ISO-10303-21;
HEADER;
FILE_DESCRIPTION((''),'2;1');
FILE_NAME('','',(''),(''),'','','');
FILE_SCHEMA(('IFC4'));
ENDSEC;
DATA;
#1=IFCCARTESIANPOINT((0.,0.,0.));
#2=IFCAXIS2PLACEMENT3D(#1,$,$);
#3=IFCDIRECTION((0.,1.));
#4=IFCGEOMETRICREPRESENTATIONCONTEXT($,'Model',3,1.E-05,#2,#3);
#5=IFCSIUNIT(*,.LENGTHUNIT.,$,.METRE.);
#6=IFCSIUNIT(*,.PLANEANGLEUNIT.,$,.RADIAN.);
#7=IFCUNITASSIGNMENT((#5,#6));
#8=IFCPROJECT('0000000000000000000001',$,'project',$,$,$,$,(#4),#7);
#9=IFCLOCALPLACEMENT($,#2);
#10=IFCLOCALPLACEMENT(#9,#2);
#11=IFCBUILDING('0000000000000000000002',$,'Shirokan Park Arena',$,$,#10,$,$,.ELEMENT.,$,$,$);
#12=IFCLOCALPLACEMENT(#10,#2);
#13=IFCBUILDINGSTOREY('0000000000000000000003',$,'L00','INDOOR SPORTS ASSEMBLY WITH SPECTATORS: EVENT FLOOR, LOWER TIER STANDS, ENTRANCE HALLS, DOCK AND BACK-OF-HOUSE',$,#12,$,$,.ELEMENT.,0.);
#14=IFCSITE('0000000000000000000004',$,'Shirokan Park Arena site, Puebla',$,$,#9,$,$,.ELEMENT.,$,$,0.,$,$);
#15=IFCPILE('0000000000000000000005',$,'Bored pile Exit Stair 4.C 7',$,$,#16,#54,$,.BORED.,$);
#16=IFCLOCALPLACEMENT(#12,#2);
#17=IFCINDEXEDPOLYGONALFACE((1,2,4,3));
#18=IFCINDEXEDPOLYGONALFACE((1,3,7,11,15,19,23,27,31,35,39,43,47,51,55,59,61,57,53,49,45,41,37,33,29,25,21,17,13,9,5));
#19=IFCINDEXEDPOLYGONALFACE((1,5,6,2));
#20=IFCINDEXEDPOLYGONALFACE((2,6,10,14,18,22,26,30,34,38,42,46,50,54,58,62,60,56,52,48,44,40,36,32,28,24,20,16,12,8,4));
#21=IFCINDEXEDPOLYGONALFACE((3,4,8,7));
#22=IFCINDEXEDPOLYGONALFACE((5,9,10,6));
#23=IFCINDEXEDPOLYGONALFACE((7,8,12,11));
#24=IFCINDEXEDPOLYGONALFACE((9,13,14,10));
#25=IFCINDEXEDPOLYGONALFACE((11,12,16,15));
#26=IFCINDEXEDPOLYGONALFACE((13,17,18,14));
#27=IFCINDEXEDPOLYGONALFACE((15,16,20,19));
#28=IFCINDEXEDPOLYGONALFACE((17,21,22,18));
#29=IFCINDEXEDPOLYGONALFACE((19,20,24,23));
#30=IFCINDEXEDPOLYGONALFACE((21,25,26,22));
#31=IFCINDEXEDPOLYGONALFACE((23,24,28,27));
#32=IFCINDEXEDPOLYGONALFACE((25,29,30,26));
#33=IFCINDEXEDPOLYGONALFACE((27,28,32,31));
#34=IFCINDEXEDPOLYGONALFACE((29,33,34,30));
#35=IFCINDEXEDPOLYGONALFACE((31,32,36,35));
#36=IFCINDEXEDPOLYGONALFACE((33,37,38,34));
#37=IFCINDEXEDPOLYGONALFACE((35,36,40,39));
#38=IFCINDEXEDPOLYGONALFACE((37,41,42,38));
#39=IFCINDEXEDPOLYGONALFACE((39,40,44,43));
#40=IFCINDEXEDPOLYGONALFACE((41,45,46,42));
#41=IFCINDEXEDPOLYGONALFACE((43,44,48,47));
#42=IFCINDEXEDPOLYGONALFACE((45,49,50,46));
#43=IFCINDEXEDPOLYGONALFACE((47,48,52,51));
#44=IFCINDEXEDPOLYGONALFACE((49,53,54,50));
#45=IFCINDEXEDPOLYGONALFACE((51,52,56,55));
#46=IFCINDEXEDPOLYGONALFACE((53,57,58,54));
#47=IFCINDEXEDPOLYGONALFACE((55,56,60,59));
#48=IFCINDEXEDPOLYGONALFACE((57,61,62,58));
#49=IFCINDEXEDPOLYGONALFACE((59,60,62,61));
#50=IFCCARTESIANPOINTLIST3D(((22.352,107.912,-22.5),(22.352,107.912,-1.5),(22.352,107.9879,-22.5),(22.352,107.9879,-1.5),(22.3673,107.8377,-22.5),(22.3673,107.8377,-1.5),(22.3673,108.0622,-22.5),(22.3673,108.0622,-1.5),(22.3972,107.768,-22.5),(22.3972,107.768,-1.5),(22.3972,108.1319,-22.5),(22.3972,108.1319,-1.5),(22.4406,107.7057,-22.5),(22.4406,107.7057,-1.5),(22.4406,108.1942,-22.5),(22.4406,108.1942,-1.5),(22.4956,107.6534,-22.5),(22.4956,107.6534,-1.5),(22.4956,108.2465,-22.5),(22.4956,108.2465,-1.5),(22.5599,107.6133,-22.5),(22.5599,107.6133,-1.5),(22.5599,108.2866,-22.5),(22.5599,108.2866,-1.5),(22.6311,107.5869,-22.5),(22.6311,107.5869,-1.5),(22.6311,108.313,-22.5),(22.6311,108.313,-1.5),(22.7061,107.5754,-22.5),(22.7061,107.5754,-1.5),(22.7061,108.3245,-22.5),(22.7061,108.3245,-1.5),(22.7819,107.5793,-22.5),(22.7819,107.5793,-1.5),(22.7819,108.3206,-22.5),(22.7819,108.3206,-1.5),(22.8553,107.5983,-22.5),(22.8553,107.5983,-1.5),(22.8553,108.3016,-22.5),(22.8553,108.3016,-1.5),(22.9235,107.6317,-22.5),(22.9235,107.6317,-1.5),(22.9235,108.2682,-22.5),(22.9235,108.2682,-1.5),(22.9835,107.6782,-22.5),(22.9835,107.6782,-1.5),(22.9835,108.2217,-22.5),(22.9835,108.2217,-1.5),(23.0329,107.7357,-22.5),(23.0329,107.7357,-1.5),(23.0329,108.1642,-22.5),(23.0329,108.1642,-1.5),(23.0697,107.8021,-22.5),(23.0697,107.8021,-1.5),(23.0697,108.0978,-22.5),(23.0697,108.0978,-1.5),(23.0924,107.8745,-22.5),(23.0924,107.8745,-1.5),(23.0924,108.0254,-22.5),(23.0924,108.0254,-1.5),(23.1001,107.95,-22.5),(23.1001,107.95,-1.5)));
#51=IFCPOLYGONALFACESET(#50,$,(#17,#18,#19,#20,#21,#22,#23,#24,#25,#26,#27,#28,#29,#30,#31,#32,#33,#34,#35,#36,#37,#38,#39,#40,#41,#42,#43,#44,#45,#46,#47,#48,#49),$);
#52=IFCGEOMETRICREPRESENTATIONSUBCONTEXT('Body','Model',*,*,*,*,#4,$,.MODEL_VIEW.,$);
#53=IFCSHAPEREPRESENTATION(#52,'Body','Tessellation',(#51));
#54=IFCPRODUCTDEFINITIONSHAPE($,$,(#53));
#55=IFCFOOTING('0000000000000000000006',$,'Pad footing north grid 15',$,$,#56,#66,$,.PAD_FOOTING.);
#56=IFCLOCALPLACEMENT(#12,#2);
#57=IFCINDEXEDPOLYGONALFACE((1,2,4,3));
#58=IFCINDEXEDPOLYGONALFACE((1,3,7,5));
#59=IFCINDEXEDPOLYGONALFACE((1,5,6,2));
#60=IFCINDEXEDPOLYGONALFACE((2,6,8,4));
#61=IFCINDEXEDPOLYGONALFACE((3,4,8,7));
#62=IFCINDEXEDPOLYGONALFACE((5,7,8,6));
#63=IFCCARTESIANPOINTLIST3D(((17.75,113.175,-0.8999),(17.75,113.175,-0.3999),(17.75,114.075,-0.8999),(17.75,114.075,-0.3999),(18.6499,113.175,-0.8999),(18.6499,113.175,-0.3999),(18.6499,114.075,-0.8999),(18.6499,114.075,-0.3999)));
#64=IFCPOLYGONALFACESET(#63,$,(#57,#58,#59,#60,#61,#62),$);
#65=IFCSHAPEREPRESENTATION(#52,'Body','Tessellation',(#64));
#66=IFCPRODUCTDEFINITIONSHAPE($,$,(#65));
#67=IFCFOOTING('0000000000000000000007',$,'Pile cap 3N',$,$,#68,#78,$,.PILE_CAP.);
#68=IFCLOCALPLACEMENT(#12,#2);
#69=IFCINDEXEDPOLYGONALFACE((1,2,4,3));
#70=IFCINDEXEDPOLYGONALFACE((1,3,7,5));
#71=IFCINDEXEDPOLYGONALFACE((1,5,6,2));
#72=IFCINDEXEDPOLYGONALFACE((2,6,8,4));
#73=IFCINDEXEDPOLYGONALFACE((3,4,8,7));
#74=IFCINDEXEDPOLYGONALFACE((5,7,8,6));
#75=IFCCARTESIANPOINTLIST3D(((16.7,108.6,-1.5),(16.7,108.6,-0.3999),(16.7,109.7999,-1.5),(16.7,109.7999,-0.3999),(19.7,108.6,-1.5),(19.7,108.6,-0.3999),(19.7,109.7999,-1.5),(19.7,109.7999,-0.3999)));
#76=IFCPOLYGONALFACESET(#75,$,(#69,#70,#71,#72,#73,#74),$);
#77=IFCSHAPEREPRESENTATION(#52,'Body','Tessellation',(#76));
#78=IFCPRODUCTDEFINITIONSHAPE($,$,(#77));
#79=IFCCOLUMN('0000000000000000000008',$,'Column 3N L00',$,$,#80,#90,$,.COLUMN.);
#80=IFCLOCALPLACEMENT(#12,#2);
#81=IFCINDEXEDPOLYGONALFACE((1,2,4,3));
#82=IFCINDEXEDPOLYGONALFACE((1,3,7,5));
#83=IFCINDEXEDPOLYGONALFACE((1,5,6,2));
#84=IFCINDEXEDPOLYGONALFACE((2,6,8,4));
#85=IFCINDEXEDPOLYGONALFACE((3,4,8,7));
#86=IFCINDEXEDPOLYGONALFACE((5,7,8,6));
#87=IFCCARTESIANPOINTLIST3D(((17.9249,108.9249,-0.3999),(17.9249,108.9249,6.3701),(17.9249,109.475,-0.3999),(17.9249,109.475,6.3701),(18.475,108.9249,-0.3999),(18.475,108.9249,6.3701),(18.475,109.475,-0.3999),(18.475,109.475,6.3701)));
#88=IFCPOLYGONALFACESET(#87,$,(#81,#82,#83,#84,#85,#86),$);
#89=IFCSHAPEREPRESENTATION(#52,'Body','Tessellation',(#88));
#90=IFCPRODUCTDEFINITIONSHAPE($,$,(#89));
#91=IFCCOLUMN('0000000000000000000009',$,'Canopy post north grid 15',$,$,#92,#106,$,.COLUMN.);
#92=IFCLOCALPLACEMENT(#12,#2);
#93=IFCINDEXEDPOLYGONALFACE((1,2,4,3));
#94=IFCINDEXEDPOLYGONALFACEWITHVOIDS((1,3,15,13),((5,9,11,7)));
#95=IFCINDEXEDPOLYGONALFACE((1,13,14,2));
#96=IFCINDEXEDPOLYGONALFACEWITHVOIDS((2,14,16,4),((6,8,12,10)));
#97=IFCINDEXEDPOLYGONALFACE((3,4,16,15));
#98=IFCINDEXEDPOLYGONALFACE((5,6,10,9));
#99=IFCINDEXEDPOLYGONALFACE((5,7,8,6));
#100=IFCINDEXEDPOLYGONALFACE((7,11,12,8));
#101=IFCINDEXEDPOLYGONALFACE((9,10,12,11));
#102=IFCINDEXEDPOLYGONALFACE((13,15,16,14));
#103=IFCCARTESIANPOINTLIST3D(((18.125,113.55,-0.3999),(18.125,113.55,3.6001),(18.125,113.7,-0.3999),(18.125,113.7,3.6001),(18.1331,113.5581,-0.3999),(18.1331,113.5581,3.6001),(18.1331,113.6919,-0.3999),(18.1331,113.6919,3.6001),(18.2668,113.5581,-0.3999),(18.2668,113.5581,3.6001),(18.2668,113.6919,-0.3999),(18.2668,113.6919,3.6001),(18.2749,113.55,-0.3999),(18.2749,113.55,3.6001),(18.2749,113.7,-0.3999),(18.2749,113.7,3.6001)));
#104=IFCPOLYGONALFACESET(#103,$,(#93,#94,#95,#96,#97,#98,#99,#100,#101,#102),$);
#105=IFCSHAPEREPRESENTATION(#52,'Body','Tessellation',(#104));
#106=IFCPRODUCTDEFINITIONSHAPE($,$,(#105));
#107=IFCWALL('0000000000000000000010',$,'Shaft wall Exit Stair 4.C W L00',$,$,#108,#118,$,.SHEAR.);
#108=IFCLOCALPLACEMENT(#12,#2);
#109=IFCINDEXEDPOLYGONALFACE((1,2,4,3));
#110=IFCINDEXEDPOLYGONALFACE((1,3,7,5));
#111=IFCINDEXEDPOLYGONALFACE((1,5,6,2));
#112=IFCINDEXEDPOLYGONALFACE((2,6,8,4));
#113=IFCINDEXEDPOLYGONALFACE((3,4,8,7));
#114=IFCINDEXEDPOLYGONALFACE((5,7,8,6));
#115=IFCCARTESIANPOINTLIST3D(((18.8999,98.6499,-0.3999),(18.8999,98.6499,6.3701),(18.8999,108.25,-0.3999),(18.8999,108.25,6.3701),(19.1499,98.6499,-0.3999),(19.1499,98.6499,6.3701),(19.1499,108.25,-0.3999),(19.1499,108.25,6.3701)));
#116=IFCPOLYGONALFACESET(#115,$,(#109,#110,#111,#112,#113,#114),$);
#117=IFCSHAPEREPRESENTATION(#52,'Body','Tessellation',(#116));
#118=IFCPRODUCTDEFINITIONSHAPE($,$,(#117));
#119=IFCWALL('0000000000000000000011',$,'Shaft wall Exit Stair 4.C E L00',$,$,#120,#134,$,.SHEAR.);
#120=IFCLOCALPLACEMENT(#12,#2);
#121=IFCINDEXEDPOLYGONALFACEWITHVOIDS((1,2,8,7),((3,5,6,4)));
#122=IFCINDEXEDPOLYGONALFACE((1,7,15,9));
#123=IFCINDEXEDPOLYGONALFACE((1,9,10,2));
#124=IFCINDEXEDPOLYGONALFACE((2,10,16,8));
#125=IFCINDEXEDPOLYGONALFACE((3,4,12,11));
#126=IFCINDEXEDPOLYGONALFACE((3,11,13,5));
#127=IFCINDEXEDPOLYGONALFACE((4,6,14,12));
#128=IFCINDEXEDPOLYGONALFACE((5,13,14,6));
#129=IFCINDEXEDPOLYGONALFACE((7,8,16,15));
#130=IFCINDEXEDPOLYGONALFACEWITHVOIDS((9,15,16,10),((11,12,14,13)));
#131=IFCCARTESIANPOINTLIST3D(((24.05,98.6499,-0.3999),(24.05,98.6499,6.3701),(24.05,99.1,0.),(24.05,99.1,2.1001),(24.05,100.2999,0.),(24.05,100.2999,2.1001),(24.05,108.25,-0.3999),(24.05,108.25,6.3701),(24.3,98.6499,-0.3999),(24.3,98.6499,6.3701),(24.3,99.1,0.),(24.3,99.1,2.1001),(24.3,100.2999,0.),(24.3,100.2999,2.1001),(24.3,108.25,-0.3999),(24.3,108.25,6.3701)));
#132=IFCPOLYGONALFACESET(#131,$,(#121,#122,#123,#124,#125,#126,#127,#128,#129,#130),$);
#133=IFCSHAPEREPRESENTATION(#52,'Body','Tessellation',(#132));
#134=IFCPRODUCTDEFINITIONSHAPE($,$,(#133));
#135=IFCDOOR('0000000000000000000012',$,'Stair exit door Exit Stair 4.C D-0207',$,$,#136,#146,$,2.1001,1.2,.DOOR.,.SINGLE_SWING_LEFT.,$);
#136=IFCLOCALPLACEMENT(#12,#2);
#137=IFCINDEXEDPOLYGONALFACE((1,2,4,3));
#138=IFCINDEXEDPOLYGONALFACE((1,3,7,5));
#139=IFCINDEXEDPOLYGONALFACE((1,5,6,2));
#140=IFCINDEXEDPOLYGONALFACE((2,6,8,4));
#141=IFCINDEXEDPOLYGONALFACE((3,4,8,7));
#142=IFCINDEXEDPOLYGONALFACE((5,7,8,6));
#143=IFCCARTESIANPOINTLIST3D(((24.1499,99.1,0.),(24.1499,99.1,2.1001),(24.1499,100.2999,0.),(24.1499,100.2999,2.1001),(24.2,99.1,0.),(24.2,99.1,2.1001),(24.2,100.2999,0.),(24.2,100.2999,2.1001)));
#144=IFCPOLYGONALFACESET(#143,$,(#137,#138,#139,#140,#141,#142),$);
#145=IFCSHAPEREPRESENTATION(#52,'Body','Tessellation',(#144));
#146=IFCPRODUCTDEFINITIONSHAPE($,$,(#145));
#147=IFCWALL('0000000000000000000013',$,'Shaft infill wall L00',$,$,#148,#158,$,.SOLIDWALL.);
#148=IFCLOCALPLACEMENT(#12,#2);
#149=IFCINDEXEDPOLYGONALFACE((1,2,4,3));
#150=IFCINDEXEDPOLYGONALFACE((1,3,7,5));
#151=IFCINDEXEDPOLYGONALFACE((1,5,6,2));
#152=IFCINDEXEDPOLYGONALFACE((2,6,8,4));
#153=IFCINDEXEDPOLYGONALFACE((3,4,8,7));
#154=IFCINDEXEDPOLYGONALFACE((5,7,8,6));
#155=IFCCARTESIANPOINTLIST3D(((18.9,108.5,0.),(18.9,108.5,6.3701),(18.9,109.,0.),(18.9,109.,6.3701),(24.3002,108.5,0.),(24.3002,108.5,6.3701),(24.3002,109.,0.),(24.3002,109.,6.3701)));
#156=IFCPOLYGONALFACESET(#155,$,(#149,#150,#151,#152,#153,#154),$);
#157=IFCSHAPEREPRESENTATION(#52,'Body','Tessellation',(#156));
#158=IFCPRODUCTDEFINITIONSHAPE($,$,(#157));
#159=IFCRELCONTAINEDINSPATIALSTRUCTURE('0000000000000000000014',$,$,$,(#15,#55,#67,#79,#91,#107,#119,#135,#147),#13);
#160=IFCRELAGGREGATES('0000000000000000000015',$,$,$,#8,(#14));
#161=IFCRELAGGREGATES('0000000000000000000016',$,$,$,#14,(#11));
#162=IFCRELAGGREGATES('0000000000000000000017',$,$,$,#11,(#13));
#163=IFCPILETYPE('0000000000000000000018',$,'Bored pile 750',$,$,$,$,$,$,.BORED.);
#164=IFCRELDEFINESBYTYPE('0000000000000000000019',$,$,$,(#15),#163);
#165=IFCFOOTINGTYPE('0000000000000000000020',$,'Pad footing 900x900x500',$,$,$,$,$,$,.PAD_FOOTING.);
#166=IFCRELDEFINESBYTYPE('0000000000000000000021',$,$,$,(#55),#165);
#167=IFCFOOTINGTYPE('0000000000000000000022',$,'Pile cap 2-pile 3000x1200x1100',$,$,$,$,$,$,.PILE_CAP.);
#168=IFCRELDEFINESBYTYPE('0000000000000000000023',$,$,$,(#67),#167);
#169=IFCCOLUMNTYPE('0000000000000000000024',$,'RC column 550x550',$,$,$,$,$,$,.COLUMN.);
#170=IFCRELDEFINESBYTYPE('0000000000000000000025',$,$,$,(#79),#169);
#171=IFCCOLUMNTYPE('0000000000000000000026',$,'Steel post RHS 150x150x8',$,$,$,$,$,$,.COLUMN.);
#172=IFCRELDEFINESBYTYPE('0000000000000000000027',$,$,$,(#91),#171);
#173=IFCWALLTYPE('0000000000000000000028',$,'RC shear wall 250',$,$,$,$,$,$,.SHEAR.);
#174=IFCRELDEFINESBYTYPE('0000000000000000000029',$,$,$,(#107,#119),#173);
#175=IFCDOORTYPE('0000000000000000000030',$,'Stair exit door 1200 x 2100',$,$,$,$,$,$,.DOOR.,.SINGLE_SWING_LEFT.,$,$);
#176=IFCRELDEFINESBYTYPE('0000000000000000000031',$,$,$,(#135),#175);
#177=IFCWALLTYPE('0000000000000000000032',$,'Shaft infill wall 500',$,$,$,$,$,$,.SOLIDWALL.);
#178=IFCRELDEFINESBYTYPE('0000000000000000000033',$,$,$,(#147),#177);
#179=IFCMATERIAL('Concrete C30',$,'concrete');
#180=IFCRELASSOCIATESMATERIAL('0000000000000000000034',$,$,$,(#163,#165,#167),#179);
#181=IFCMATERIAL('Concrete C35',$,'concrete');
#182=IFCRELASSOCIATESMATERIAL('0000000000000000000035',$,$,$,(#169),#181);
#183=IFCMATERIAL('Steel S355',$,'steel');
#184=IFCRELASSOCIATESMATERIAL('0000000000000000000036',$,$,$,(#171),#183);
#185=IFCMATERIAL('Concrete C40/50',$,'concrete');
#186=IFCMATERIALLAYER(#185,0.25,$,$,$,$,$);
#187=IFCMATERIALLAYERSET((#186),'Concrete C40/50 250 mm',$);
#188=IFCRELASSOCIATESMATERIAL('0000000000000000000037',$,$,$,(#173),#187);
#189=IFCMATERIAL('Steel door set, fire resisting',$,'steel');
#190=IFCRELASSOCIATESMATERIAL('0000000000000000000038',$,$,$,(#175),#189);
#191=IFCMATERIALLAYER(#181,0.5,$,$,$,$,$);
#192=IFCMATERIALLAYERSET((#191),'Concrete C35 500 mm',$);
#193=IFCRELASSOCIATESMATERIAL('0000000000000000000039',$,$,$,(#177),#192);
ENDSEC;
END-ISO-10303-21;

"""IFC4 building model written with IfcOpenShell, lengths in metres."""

from ifc_helpers import new_model, si_unit, direction, frame, frame_2d, origin, origin_2d, place, context, subcontext, project, spatial, rectangle, hollow_rectangle, circle, extrude, material, layer, layer_set, material_profile, profile_set, type_object, element, fill, save


model = new_model("IFC4")

# Units and contexts
model_context = context("Model", 3, precision=1e-05, world=origin(), true_north=direction((0.0, 1.0)))
body_context = subcontext(model_context, "Body", "Model", "MODEL_VIEW")
ifc_project = project(units=[si_unit("LENGTHUNIT", "METRE"), si_unit("PLANEANGLEUNIT", "RADIAN")], contexts=[model_context])

# Site, building, storey
site_placement = place(None, origin())
site = spatial("IfcSite", under=ifc_project, at=site_placement, Name="Shirokan Park Arena site, Puebla", CompositionType="ELEMENT", RefElevation=0.0)
building_placement = place(site_placement, origin())
building = spatial("IfcBuilding", under=site, at=building_placement, Name="Shirokan Park Arena", CompositionType="ELEMENT")
storey_placement = place(building_placement, origin())
storey = spatial("IfcBuildingStorey", under=building, at=storey_placement, Name="L00", Description="INDOOR SPORTS ASSEMBLY WITH SPECTATORS: EVENT FLOOR, LOWER TIER STANDS, ENTRANCE HALLS, DOCK AND BACK-OF-HOUSE", CompositionType="ELEMENT", Elevation=0.0)

# Pile
ifc_material_1 = material(Name="Concrete C30", Category="concrete")
ifc_material_profile_1 = material_profile(ifc_material_1, circle(Radius=0.375, at=origin_2d()), Name="D750")
ifc_profile_set_1 = profile_set([ifc_material_profile_1], Name="Concrete C30")
pile_type_1 = type_object("IfcPileType", Name="Bored pile 750", PredefinedType="BORED", material=ifc_profile_set_1)
for number, where, z_axis, x_axis, name in (
    (1, (22.7251, 107.95, -1.5), (0.0, 0.0, -1.0), (1.0, 0.0, 0.0), "Bored pile Exit Stair 4.C 7"),
):
    element("IfcPile", number, at=place(storey_placement, frame(where, z_axis=z_axis, x_axis=x_axis)), inside=storey, type_object=pile_type_1, Name=name, PredefinedType="BORED", context=body_context, shape_type="SweptSolid", body=[
        extrude(circle(Radius=0.375, at=origin_2d()), origin(), (0.0, 0.0, 1.0), 21.0),
    ])

# Footings
footing_type_1 = type_object("IfcFootingType", Name="Pad footing 900x900x500", PredefinedType="PAD_FOOTING", material=ifc_material_1)
footing_1_placement = place(storey_placement, frame((18.2, 113.625, -0.8999), z_axis=(0.0, 0.0, 1.0), x_axis=(1.0, 0.0, 0.0)))
element("IfcFooting", 2, at=footing_1_placement, inside=storey, type_object=footing_type_1, Name="Pad footing north grid 15", PredefinedType="PAD_FOOTING", context=body_context, shape_type="SweptSolid", body=[
    extrude(rectangle(XDim=0.8999, YDim=0.8999, at=origin_2d()), origin(), (0.0, 0.0, 1.0), 0.5),
])
footing_type_2 = type_object("IfcFootingType", Name="Pile cap 2-pile 3000x1200x1100", PredefinedType="PILE_CAP", material=ifc_material_1)
footing_2_placement = place(storey_placement, frame((18.2, 109.2, -1.5), z_axis=(0.0, 0.0, 1.0), x_axis=(1.0, 0.0, 0.0)))
element("IfcFooting", 3, at=footing_2_placement, inside=storey, type_object=footing_type_2, Name="Pile cap 3N", PredefinedType="PILE_CAP", context=body_context, shape_type="SweptSolid", body=[
    extrude(rectangle(XDim=3.0, YDim=1.2, at=origin_2d()), origin(), (0.0, 0.0, 1.0), 1.1001),
])

# Columns
ifc_material_2 = material(Name="Concrete C35", Category="concrete")
ifc_material_profile_2 = material_profile(ifc_material_2, rectangle(XDim=0.55, YDim=0.55, at=origin_2d()), Name="550x550")
ifc_profile_set_2 = profile_set([ifc_material_profile_2], Name="Concrete C35")
column_type_1 = type_object("IfcColumnType", Name="RC column 550x550", PredefinedType="COLUMN", material=ifc_profile_set_2)
column_1_placement = place(storey_placement, frame((18.2, 109.2, -0.3999), z_axis=(0.0, 0.0, 1.0), x_axis=(1.0, 0.0, 0.0)))
element("IfcColumn", 4, at=column_1_placement, inside=storey, type_object=column_type_1, Name="Column 3N L00", PredefinedType="COLUMN", context=body_context, shape_type="SweptSolid", body=[
    extrude(rectangle(XDim=0.55, YDim=0.55, at=origin_2d()), origin(), (0.0, 0.0, 1.0), 6.77),
])
ifc_material_3 = material(Name="Steel S355", Category="steel")
ifc_material_profile_3 = material_profile(ifc_material_3, hollow_rectangle(XDim=0.1499, YDim=0.1499, WallThickness=0.0081, at=origin_2d()), Name="RHS 150x150x8")
ifc_profile_set_3 = profile_set([ifc_material_profile_3], Name="Steel S355")
column_type_2 = type_object("IfcColumnType", Name="Steel post RHS 150x150x8", PredefinedType="COLUMN", material=ifc_profile_set_3)
column_2_placement = place(storey_placement, frame((18.2, 113.625, -0.3999), z_axis=(0.0, 0.0, 1.0), x_axis=(1.0, 0.0, 0.0)))
element("IfcColumn", 5, at=column_2_placement, inside=storey, type_object=column_type_2, Name="Canopy post north grid 15", PredefinedType="COLUMN", context=body_context, shape_type="SweptSolid", body=[
    extrude(hollow_rectangle(XDim=0.1499, YDim=0.1499, WallThickness=0.0081, at=origin_2d()), origin(), (0.0, 0.0, 1.0), 4.0),
])

# Wall
ifc_material_4 = material(Name="Concrete C40/50", Category="concrete")
ifc_layer_1 = layer(ifc_material_4, 0.25)
ifc_layer_set_1 = layer_set([ifc_layer_1], Name="Concrete C40/50 250 mm")
wall_type_1 = type_object("IfcWallType", Name="RC shear wall 250", PredefinedType="SHEAR", material=ifc_layer_set_1)
wall_1_placement = place(storey_placement, frame((19.0249, 108.25, -0.3999), z_axis=(0.0, 0.0, 1.0), x_axis=(0.0, -1.0, 0.0)))
element("IfcWall", 6, at=wall_1_placement, inside=storey, type_object=wall_type_1, Name="Shaft wall Exit Stair 4.C W L00", PredefinedType="SHEAR", context=body_context, shape_type="SweptSolid", body=[
    extrude(rectangle(XDim=9.6001, YDim=0.25, at=frame_2d((4.8, 0.0))), origin(), (0.0, 0.0, 1.0), 6.77),
])

# Wall, opening, door
wall_2_placement = place(storey_placement, frame((24.175, 108.25, -0.3999), z_axis=(0.0, 0.0, 1.0), x_axis=(0.0, -1.0, 0.0)))
wall_2 = element("IfcWall", 7, at=wall_2_placement, inside=storey, type_object=wall_type_1, Name="Shaft wall Exit Stair 4.C E L00", PredefinedType="SHEAR", context=body_context, shape_type="SweptSolid", body=[
    extrude(rectangle(XDim=9.6001, YDim=0.25, at=frame_2d((4.8, 0.0))), origin(), (0.0, 0.0, 1.0), 6.77),
])
opening_1_placement = place(wall_2_placement, frame((7.95, 0.0, 0.3999)))
opening_1 = element("IfcOpeningElement", 8, at=opening_1_placement, cuts=wall_2, PredefinedType="OPENING", context=body_context, shape_type="SweptSolid", body=[
    extrude(rectangle(XDim=1.2, YDim=2.1001, at=frame_2d((0.6001, 1.05))), frame((0.0, 0.135, 0.0), z_axis=(0.0, -1.0, 0.0), x_axis=(1.0, 0.0, 0.0)), (0.0, 0.0, 1.0), 0.27),
])
ifc_material_5 = material(Name="Steel door set, fire resisting", Category="steel")
door_type_1 = type_object("IfcDoorType", Name="Stair exit door 1200 x 2100", OperationType="SINGLE_SWING_LEFT", PredefinedType="DOOR", material=ifc_material_5)
door_1_placement = place(opening_1_placement, origin())
door_1 = element("IfcDoor", 9, at=door_1_placement, inside=storey, type_object=door_type_1, Name="Stair exit door Exit Stair 4.C D-0207", OperationType="SINGLE_SWING_LEFT", OverallHeight=2.1001, OverallWidth=1.2, PredefinedType="DOOR", context=body_context, shape_type="SweptSolid", body=[
    extrude(rectangle(XDim=1.2, YDim=2.1001, at=frame_2d((0.6001, 1.05))), frame((0.0, 0.0249, 0.0), z_axis=(0.0, -1.0, 0.0), x_axis=(1.0, 0.0, 0.0)), (0.0, 0.0, 1.0), 0.05),
])
fill(opening_1, door_1)

# Wall
ifc_layer_2 = layer(ifc_material_2, 0.5)
ifc_layer_set_2 = layer_set([ifc_layer_2], Name="Concrete C35 500 mm")
wall_type_2 = type_object("IfcWallType", Name="Shaft infill wall 500", PredefinedType="SOLIDWALL", material=ifc_layer_set_2)
wall_3_placement = place(storey_placement, frame((18.8999, 108.75, 0.0), z_axis=(0.0, 0.0, 1.0), x_axis=(1.0, 0.0, 0.0)))
element("IfcWall", 10, at=wall_3_placement, inside=storey, type_object=wall_type_2, Name="Shaft infill wall L00", PredefinedType="SOLIDWALL", context=body_context, shape_type="SweptSolid", body=[
    extrude(rectangle(XDim=5.4001, YDim=0.5, at=frame_2d((2.7002, 0.0))), origin(), (0.0, 0.0, 1.0), 6.3701),
])

save(model, "model.ifc")
